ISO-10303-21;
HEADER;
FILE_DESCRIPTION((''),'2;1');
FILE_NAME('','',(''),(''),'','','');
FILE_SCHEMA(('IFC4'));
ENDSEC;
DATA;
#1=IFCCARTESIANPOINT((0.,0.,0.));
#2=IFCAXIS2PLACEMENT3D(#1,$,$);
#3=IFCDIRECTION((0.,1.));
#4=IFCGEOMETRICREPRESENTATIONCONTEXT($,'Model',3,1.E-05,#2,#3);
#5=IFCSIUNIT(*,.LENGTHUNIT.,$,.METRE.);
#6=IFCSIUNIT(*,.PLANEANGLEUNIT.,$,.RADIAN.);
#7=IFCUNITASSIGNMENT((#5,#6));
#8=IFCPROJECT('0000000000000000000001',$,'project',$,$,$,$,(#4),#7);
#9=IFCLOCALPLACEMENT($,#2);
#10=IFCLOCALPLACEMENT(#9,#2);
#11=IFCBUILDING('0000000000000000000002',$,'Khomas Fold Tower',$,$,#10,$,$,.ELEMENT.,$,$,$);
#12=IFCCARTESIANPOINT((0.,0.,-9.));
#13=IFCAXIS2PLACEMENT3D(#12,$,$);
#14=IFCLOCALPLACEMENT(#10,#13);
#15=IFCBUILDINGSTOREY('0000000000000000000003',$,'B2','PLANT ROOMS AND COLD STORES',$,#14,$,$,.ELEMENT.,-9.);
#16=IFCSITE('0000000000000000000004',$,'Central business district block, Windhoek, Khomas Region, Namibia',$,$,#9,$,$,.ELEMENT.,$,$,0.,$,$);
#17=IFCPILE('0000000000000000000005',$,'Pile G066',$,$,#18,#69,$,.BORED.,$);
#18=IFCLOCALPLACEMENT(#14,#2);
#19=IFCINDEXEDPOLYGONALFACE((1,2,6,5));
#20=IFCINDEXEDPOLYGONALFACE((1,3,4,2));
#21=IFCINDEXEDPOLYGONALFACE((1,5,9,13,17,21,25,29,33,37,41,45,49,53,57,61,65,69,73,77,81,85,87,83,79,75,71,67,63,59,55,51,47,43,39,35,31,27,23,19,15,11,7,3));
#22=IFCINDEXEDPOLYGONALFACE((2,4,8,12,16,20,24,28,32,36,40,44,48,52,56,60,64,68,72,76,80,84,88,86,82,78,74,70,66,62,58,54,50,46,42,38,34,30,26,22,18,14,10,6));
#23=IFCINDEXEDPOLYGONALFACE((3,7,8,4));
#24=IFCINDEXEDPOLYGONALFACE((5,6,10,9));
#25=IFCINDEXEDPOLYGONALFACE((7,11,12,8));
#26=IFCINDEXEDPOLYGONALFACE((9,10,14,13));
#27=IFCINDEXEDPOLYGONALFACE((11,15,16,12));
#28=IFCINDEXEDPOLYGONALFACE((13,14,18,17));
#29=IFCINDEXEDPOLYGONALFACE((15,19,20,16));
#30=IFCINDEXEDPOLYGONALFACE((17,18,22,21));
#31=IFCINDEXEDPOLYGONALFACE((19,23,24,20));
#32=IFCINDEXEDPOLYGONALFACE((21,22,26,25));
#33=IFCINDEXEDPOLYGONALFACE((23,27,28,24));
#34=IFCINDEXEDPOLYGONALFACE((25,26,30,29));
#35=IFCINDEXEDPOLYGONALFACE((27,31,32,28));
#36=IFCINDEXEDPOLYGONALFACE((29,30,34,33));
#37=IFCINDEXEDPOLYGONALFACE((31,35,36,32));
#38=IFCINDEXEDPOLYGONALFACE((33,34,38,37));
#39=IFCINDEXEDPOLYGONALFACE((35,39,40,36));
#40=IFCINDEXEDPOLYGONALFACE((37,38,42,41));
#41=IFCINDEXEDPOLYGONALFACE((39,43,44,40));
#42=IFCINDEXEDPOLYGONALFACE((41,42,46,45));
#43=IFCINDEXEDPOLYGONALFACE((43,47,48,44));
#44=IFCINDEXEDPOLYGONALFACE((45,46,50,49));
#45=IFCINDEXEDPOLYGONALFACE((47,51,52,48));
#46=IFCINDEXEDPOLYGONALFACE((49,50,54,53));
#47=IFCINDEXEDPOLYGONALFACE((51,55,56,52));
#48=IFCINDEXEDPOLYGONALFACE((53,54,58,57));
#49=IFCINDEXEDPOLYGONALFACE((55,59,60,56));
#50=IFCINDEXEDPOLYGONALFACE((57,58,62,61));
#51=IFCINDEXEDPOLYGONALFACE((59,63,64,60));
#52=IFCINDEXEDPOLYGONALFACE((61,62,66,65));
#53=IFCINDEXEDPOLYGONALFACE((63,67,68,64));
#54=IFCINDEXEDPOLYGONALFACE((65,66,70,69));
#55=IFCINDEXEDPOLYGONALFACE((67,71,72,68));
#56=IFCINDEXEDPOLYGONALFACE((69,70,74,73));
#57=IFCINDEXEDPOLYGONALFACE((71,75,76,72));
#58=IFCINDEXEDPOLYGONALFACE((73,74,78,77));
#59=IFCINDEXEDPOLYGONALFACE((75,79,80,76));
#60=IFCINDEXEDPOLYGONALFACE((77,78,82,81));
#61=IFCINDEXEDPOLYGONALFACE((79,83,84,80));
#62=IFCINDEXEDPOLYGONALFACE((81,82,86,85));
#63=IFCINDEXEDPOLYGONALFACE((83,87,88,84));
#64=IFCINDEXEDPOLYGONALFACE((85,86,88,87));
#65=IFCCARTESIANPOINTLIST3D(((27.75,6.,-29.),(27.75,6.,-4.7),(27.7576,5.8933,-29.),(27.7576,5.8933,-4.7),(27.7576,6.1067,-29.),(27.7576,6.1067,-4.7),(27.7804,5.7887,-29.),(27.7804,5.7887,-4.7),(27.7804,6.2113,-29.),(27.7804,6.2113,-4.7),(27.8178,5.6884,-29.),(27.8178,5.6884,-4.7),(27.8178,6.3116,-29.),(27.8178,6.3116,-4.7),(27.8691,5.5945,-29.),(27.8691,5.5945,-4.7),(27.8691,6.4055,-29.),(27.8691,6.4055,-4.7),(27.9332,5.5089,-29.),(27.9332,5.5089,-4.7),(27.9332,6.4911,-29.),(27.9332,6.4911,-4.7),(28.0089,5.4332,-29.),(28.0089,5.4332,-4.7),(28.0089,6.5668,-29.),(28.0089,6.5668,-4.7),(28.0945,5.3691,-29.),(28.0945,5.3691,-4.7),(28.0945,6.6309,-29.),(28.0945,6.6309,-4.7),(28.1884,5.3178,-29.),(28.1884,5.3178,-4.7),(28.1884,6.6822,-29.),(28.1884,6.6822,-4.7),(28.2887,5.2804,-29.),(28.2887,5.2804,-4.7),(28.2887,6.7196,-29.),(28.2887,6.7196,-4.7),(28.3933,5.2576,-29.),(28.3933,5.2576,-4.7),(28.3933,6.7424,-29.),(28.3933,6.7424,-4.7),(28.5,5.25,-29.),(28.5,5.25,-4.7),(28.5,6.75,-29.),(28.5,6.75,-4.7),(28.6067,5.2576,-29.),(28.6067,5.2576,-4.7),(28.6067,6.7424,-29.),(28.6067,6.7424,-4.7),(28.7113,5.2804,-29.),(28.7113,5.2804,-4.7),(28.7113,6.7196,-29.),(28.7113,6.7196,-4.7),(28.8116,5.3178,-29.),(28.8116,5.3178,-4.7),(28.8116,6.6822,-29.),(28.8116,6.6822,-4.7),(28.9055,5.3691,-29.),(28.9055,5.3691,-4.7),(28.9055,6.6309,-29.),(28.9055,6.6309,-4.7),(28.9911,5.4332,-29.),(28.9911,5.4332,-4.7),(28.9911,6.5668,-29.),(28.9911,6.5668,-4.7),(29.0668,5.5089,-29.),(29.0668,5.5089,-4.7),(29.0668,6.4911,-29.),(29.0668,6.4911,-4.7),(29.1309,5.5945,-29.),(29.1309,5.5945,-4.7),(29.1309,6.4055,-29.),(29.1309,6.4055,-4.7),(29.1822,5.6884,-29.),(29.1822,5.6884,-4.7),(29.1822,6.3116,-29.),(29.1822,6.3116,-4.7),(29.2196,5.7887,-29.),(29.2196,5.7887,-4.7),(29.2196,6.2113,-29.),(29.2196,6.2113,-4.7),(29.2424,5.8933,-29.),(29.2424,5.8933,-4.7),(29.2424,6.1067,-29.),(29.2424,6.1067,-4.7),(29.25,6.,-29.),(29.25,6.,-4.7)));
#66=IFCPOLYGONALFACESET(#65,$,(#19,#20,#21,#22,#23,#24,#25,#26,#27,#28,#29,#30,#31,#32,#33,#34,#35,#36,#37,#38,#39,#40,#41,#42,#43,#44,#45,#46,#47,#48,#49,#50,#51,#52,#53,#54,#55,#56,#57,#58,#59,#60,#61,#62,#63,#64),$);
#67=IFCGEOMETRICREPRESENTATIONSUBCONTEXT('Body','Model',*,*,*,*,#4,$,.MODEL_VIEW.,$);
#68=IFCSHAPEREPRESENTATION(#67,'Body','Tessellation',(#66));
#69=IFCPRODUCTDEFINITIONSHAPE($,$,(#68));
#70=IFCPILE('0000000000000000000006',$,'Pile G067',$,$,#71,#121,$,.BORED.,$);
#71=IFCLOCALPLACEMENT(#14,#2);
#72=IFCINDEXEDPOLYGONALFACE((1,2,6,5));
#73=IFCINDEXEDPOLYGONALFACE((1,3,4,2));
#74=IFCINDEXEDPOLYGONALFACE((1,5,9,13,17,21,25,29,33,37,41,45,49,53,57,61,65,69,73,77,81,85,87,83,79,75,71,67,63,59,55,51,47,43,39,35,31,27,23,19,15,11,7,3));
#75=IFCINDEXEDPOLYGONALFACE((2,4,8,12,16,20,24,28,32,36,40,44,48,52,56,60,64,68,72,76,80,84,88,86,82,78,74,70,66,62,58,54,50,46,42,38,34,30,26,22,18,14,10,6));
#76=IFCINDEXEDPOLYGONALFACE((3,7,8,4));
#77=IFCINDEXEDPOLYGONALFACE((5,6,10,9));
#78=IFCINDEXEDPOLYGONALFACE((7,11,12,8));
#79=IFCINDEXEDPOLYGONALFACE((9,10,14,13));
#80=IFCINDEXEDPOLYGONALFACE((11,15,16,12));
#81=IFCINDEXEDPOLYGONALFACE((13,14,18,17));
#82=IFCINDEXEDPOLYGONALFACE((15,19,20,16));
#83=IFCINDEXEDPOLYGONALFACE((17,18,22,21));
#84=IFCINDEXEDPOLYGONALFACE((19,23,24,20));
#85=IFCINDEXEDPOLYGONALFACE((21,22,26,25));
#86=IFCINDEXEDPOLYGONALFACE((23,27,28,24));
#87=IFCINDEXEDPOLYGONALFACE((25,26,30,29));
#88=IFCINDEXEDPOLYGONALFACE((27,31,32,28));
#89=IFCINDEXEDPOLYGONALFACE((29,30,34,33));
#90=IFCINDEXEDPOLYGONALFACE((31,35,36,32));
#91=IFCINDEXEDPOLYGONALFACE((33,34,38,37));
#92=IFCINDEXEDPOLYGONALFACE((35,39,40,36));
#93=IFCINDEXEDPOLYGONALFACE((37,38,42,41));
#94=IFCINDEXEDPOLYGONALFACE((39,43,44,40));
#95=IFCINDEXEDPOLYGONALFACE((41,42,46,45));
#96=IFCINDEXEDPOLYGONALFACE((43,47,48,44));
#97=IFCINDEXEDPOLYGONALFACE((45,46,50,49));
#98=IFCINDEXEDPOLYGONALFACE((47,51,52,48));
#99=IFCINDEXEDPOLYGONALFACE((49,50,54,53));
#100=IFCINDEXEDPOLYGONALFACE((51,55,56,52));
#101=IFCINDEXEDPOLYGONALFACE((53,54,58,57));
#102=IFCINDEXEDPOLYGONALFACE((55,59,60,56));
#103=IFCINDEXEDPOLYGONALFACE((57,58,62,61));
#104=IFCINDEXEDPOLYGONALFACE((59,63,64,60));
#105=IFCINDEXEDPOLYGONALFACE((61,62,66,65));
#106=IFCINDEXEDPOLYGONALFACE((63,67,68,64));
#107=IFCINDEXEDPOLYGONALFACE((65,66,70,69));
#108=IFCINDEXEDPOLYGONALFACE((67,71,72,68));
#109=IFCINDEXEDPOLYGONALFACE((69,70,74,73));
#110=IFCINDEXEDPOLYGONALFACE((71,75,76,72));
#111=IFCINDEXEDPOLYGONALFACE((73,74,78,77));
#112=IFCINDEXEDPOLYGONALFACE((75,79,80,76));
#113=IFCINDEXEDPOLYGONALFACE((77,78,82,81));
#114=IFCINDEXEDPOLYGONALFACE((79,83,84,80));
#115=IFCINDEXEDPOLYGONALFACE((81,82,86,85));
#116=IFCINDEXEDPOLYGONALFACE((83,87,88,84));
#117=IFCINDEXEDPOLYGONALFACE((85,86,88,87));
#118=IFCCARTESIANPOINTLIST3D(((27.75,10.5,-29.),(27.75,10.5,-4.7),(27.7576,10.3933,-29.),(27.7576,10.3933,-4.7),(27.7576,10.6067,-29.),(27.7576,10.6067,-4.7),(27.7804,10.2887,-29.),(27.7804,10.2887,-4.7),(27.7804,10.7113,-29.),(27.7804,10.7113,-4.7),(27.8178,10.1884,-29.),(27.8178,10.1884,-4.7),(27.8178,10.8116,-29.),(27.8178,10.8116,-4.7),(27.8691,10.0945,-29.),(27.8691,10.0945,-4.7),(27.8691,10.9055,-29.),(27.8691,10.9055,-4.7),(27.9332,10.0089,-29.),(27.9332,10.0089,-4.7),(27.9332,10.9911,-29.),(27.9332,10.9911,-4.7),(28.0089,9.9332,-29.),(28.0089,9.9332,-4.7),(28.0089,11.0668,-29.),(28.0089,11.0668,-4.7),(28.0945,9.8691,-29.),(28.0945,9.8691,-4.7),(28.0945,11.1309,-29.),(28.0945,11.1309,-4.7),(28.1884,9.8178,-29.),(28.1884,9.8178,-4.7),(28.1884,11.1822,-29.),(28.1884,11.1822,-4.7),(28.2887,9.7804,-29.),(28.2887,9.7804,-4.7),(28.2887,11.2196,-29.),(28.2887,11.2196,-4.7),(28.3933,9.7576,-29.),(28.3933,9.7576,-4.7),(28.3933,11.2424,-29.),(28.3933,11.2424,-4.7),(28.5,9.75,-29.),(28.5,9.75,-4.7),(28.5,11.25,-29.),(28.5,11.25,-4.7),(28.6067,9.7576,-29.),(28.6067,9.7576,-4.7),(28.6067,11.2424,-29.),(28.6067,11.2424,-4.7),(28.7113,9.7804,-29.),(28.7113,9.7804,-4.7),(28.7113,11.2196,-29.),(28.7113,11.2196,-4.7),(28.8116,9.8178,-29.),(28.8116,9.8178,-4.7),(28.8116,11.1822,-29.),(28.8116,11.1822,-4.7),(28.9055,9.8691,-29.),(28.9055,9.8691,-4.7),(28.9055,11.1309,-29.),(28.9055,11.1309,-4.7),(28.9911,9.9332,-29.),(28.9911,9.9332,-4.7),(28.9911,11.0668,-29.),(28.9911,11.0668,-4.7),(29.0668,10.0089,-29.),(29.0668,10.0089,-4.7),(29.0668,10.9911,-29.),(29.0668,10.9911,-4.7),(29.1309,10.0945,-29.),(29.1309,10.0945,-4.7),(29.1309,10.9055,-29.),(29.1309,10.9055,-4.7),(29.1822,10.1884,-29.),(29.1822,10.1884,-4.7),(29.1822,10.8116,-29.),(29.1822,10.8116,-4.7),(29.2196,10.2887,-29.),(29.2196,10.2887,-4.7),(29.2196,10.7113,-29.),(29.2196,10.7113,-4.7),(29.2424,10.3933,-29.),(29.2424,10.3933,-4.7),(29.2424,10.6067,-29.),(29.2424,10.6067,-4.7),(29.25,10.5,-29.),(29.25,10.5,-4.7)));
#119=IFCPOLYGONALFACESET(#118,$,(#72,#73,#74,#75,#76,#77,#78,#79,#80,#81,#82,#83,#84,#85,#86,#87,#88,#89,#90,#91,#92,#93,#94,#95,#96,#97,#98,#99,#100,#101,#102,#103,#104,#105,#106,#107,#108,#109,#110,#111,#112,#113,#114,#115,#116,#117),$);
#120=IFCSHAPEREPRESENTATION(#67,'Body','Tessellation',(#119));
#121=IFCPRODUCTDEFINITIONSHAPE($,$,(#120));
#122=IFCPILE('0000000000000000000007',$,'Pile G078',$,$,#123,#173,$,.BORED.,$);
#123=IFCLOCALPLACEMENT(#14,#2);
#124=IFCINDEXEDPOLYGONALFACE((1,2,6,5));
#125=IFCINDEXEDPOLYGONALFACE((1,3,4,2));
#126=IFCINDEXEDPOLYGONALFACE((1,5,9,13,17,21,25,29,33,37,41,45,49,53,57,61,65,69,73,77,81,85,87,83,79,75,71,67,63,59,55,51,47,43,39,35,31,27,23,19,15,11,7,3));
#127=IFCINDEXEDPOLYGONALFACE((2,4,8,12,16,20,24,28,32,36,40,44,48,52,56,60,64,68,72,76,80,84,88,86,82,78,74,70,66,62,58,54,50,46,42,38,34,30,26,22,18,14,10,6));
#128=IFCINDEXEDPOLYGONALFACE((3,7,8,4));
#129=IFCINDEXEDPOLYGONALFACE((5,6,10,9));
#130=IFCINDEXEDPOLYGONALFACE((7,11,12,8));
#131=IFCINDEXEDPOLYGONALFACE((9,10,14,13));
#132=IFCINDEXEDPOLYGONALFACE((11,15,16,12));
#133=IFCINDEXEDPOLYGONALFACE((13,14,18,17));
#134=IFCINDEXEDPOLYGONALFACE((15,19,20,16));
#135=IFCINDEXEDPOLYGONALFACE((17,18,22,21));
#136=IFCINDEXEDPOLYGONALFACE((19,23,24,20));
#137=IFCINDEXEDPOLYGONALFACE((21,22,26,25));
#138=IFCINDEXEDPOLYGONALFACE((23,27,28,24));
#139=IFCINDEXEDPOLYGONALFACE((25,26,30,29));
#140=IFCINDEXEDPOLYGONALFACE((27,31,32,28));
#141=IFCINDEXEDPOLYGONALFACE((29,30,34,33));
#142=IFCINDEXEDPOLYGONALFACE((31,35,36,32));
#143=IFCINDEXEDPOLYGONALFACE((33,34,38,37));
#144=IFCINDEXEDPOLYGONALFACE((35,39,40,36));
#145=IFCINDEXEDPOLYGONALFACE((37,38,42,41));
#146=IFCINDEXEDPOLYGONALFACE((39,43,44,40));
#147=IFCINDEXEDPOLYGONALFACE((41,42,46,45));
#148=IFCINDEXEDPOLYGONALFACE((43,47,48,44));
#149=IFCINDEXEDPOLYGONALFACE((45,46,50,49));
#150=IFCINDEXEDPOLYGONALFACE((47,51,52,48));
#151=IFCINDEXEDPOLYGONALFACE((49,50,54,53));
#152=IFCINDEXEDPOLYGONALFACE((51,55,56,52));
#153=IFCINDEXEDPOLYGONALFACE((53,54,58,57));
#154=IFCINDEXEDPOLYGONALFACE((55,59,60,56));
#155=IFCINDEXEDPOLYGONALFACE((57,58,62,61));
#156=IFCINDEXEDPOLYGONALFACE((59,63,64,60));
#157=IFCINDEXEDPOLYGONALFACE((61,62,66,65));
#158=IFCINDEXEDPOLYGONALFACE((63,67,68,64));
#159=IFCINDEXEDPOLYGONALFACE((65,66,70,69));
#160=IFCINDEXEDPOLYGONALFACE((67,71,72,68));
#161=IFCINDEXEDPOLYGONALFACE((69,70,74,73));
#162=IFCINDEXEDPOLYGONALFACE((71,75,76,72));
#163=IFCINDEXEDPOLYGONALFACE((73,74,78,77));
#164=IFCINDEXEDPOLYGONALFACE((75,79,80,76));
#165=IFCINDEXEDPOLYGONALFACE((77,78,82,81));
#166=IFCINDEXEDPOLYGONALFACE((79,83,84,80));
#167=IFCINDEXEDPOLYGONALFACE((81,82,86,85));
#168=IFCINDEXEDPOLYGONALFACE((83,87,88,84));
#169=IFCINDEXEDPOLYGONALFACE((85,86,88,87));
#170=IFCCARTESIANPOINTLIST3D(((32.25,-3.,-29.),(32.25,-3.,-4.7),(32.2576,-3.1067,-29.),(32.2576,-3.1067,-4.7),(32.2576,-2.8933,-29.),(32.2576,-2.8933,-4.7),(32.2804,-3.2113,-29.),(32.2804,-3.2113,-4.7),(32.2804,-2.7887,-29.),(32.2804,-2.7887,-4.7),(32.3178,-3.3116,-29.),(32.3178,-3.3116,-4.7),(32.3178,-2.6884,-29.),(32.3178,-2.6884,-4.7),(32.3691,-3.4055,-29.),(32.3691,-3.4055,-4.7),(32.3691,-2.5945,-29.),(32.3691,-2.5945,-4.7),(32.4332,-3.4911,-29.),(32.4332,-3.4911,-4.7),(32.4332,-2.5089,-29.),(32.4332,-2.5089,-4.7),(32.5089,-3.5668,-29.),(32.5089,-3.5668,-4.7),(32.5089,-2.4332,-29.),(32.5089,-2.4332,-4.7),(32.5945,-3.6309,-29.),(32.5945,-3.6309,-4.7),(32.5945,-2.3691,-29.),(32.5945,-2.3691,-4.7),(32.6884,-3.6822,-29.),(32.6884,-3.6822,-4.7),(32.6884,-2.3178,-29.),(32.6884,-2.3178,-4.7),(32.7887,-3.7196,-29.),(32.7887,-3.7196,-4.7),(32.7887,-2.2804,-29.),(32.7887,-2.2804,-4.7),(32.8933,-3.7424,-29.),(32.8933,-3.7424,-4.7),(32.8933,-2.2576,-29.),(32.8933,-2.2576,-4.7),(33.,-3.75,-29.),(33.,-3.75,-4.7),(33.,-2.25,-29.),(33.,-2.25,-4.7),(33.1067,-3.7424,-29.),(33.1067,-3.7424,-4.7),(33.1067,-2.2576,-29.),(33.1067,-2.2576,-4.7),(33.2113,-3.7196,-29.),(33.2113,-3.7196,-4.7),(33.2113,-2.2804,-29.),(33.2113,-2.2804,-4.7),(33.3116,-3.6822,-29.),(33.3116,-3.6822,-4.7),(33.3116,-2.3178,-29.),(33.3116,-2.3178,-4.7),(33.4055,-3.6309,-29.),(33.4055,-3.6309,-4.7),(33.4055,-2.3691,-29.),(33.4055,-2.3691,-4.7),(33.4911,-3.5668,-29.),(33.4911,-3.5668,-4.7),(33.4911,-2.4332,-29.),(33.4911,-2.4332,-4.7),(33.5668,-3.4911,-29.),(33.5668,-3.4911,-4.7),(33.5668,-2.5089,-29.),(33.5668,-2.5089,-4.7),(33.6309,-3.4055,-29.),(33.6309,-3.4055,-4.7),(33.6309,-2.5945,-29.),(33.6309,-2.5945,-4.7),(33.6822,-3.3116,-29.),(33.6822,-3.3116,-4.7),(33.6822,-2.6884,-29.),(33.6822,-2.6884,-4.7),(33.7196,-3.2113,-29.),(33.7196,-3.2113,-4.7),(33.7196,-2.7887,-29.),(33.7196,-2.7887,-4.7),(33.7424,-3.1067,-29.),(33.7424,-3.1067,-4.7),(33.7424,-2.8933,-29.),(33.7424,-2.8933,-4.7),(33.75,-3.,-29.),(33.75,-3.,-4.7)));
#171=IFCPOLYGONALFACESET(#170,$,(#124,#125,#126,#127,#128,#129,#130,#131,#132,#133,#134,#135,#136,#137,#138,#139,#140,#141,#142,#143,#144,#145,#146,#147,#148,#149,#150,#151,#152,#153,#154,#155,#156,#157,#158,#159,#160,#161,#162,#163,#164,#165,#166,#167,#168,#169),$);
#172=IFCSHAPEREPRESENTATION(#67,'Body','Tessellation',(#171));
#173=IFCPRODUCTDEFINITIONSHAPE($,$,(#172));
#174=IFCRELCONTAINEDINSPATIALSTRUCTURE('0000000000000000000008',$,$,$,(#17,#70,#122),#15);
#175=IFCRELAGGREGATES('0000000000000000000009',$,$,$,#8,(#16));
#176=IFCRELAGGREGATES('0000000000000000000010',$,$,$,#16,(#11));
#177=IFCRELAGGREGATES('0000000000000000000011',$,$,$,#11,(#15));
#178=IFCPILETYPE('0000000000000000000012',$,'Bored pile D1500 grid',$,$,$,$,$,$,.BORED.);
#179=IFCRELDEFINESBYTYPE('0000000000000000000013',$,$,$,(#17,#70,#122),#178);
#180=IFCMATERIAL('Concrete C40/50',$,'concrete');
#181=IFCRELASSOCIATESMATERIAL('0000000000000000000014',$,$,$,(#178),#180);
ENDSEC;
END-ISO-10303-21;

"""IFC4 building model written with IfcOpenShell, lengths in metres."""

from ifc_helpers import new_model, si_unit, direction, frame, origin, origin_2d, place, context, subcontext, project, spatial, circle, extrude, source, transform, mapped, material, material_profile, profile_set, type_object, element, save


model = new_model("IFC4")

# Units and contexts
model_context = context("Model", 3, precision=1e-05, world=origin(), true_north=direction((0.0, 1.0)))
body_context = subcontext(model_context, "Body", "Model", "MODEL_VIEW")
ifc_project = project(units=[si_unit("LENGTHUNIT", "METRE"), si_unit("PLANEANGLEUNIT", "RADIAN")], contexts=[model_context])

# Site, building, storey
site_placement = place(None, origin())
site = spatial("IfcSite", under=ifc_project, at=site_placement, Name="Central business district block, Windhoek, Khomas Region, Namibia", CompositionType="ELEMENT", RefElevation=0.0)
building_placement = place(site_placement, origin())
building = spatial("IfcBuilding", under=site, at=building_placement, Name="Khomas Fold Tower", CompositionType="ELEMENT")
storey_placement = place(building_placement, frame((0.0, 0.0, -9.0)))
storey = spatial("IfcBuildingStorey", under=building, at=storey_placement, Name="B2", Description="PLANT ROOMS AND COLD STORES", CompositionType="ELEMENT", Elevation=-9.0)

# Piles
ifc_material_1 = material(Name="Concrete C40/50", Category="concrete")
ifc_material_profile_1 = material_profile(ifc_material_1, circle(Radius=0.75, at=origin_2d()), Name="PILE D1500")
ifc_profile_set_1 = profile_set([ifc_material_profile_1], Name="Concrete C40/50")
pile_type = type_object("IfcPileType", Name="Bored pile D1500 grid", PredefinedType="BORED", material=ifc_profile_set_1)
shared_shape_1 = source(origin(), body_context, "Body", "SweptSolid", [
    extrude(circle(Radius=0.75, at=origin_2d()), origin(), (0.0, 0.0, 1.0), 24.3),
])
for number, where, z_axis, x_axis, name in (
    (1, (28.5, 6.0, -4.7), (0.0, 0.0, -1.0), (1.0, 0.0, 0.0), "Pile G066"),
    (2, (28.5, 10.5, -4.7), (0.0, 0.0, -1.0), (1.0, 0.0, 0.0), "Pile G067"),
    (3, (33.0, -3.0, -4.7), (0.0, 0.0, -1.0), (1.0, 0.0, 0.0), "Pile G078"),
):
    element("IfcPile", number, at=place(storey_placement, frame(where, z_axis=z_axis, x_axis=x_axis)), inside=storey, type_object=pile_type, Name=name, PredefinedType="BORED", context=body_context, shape_type="MappedRepresentation", body=[
        mapped(shared_shape_1, transform((0.0, 0.0, 0.0))),
    ])

save(model, "model.ifc")
